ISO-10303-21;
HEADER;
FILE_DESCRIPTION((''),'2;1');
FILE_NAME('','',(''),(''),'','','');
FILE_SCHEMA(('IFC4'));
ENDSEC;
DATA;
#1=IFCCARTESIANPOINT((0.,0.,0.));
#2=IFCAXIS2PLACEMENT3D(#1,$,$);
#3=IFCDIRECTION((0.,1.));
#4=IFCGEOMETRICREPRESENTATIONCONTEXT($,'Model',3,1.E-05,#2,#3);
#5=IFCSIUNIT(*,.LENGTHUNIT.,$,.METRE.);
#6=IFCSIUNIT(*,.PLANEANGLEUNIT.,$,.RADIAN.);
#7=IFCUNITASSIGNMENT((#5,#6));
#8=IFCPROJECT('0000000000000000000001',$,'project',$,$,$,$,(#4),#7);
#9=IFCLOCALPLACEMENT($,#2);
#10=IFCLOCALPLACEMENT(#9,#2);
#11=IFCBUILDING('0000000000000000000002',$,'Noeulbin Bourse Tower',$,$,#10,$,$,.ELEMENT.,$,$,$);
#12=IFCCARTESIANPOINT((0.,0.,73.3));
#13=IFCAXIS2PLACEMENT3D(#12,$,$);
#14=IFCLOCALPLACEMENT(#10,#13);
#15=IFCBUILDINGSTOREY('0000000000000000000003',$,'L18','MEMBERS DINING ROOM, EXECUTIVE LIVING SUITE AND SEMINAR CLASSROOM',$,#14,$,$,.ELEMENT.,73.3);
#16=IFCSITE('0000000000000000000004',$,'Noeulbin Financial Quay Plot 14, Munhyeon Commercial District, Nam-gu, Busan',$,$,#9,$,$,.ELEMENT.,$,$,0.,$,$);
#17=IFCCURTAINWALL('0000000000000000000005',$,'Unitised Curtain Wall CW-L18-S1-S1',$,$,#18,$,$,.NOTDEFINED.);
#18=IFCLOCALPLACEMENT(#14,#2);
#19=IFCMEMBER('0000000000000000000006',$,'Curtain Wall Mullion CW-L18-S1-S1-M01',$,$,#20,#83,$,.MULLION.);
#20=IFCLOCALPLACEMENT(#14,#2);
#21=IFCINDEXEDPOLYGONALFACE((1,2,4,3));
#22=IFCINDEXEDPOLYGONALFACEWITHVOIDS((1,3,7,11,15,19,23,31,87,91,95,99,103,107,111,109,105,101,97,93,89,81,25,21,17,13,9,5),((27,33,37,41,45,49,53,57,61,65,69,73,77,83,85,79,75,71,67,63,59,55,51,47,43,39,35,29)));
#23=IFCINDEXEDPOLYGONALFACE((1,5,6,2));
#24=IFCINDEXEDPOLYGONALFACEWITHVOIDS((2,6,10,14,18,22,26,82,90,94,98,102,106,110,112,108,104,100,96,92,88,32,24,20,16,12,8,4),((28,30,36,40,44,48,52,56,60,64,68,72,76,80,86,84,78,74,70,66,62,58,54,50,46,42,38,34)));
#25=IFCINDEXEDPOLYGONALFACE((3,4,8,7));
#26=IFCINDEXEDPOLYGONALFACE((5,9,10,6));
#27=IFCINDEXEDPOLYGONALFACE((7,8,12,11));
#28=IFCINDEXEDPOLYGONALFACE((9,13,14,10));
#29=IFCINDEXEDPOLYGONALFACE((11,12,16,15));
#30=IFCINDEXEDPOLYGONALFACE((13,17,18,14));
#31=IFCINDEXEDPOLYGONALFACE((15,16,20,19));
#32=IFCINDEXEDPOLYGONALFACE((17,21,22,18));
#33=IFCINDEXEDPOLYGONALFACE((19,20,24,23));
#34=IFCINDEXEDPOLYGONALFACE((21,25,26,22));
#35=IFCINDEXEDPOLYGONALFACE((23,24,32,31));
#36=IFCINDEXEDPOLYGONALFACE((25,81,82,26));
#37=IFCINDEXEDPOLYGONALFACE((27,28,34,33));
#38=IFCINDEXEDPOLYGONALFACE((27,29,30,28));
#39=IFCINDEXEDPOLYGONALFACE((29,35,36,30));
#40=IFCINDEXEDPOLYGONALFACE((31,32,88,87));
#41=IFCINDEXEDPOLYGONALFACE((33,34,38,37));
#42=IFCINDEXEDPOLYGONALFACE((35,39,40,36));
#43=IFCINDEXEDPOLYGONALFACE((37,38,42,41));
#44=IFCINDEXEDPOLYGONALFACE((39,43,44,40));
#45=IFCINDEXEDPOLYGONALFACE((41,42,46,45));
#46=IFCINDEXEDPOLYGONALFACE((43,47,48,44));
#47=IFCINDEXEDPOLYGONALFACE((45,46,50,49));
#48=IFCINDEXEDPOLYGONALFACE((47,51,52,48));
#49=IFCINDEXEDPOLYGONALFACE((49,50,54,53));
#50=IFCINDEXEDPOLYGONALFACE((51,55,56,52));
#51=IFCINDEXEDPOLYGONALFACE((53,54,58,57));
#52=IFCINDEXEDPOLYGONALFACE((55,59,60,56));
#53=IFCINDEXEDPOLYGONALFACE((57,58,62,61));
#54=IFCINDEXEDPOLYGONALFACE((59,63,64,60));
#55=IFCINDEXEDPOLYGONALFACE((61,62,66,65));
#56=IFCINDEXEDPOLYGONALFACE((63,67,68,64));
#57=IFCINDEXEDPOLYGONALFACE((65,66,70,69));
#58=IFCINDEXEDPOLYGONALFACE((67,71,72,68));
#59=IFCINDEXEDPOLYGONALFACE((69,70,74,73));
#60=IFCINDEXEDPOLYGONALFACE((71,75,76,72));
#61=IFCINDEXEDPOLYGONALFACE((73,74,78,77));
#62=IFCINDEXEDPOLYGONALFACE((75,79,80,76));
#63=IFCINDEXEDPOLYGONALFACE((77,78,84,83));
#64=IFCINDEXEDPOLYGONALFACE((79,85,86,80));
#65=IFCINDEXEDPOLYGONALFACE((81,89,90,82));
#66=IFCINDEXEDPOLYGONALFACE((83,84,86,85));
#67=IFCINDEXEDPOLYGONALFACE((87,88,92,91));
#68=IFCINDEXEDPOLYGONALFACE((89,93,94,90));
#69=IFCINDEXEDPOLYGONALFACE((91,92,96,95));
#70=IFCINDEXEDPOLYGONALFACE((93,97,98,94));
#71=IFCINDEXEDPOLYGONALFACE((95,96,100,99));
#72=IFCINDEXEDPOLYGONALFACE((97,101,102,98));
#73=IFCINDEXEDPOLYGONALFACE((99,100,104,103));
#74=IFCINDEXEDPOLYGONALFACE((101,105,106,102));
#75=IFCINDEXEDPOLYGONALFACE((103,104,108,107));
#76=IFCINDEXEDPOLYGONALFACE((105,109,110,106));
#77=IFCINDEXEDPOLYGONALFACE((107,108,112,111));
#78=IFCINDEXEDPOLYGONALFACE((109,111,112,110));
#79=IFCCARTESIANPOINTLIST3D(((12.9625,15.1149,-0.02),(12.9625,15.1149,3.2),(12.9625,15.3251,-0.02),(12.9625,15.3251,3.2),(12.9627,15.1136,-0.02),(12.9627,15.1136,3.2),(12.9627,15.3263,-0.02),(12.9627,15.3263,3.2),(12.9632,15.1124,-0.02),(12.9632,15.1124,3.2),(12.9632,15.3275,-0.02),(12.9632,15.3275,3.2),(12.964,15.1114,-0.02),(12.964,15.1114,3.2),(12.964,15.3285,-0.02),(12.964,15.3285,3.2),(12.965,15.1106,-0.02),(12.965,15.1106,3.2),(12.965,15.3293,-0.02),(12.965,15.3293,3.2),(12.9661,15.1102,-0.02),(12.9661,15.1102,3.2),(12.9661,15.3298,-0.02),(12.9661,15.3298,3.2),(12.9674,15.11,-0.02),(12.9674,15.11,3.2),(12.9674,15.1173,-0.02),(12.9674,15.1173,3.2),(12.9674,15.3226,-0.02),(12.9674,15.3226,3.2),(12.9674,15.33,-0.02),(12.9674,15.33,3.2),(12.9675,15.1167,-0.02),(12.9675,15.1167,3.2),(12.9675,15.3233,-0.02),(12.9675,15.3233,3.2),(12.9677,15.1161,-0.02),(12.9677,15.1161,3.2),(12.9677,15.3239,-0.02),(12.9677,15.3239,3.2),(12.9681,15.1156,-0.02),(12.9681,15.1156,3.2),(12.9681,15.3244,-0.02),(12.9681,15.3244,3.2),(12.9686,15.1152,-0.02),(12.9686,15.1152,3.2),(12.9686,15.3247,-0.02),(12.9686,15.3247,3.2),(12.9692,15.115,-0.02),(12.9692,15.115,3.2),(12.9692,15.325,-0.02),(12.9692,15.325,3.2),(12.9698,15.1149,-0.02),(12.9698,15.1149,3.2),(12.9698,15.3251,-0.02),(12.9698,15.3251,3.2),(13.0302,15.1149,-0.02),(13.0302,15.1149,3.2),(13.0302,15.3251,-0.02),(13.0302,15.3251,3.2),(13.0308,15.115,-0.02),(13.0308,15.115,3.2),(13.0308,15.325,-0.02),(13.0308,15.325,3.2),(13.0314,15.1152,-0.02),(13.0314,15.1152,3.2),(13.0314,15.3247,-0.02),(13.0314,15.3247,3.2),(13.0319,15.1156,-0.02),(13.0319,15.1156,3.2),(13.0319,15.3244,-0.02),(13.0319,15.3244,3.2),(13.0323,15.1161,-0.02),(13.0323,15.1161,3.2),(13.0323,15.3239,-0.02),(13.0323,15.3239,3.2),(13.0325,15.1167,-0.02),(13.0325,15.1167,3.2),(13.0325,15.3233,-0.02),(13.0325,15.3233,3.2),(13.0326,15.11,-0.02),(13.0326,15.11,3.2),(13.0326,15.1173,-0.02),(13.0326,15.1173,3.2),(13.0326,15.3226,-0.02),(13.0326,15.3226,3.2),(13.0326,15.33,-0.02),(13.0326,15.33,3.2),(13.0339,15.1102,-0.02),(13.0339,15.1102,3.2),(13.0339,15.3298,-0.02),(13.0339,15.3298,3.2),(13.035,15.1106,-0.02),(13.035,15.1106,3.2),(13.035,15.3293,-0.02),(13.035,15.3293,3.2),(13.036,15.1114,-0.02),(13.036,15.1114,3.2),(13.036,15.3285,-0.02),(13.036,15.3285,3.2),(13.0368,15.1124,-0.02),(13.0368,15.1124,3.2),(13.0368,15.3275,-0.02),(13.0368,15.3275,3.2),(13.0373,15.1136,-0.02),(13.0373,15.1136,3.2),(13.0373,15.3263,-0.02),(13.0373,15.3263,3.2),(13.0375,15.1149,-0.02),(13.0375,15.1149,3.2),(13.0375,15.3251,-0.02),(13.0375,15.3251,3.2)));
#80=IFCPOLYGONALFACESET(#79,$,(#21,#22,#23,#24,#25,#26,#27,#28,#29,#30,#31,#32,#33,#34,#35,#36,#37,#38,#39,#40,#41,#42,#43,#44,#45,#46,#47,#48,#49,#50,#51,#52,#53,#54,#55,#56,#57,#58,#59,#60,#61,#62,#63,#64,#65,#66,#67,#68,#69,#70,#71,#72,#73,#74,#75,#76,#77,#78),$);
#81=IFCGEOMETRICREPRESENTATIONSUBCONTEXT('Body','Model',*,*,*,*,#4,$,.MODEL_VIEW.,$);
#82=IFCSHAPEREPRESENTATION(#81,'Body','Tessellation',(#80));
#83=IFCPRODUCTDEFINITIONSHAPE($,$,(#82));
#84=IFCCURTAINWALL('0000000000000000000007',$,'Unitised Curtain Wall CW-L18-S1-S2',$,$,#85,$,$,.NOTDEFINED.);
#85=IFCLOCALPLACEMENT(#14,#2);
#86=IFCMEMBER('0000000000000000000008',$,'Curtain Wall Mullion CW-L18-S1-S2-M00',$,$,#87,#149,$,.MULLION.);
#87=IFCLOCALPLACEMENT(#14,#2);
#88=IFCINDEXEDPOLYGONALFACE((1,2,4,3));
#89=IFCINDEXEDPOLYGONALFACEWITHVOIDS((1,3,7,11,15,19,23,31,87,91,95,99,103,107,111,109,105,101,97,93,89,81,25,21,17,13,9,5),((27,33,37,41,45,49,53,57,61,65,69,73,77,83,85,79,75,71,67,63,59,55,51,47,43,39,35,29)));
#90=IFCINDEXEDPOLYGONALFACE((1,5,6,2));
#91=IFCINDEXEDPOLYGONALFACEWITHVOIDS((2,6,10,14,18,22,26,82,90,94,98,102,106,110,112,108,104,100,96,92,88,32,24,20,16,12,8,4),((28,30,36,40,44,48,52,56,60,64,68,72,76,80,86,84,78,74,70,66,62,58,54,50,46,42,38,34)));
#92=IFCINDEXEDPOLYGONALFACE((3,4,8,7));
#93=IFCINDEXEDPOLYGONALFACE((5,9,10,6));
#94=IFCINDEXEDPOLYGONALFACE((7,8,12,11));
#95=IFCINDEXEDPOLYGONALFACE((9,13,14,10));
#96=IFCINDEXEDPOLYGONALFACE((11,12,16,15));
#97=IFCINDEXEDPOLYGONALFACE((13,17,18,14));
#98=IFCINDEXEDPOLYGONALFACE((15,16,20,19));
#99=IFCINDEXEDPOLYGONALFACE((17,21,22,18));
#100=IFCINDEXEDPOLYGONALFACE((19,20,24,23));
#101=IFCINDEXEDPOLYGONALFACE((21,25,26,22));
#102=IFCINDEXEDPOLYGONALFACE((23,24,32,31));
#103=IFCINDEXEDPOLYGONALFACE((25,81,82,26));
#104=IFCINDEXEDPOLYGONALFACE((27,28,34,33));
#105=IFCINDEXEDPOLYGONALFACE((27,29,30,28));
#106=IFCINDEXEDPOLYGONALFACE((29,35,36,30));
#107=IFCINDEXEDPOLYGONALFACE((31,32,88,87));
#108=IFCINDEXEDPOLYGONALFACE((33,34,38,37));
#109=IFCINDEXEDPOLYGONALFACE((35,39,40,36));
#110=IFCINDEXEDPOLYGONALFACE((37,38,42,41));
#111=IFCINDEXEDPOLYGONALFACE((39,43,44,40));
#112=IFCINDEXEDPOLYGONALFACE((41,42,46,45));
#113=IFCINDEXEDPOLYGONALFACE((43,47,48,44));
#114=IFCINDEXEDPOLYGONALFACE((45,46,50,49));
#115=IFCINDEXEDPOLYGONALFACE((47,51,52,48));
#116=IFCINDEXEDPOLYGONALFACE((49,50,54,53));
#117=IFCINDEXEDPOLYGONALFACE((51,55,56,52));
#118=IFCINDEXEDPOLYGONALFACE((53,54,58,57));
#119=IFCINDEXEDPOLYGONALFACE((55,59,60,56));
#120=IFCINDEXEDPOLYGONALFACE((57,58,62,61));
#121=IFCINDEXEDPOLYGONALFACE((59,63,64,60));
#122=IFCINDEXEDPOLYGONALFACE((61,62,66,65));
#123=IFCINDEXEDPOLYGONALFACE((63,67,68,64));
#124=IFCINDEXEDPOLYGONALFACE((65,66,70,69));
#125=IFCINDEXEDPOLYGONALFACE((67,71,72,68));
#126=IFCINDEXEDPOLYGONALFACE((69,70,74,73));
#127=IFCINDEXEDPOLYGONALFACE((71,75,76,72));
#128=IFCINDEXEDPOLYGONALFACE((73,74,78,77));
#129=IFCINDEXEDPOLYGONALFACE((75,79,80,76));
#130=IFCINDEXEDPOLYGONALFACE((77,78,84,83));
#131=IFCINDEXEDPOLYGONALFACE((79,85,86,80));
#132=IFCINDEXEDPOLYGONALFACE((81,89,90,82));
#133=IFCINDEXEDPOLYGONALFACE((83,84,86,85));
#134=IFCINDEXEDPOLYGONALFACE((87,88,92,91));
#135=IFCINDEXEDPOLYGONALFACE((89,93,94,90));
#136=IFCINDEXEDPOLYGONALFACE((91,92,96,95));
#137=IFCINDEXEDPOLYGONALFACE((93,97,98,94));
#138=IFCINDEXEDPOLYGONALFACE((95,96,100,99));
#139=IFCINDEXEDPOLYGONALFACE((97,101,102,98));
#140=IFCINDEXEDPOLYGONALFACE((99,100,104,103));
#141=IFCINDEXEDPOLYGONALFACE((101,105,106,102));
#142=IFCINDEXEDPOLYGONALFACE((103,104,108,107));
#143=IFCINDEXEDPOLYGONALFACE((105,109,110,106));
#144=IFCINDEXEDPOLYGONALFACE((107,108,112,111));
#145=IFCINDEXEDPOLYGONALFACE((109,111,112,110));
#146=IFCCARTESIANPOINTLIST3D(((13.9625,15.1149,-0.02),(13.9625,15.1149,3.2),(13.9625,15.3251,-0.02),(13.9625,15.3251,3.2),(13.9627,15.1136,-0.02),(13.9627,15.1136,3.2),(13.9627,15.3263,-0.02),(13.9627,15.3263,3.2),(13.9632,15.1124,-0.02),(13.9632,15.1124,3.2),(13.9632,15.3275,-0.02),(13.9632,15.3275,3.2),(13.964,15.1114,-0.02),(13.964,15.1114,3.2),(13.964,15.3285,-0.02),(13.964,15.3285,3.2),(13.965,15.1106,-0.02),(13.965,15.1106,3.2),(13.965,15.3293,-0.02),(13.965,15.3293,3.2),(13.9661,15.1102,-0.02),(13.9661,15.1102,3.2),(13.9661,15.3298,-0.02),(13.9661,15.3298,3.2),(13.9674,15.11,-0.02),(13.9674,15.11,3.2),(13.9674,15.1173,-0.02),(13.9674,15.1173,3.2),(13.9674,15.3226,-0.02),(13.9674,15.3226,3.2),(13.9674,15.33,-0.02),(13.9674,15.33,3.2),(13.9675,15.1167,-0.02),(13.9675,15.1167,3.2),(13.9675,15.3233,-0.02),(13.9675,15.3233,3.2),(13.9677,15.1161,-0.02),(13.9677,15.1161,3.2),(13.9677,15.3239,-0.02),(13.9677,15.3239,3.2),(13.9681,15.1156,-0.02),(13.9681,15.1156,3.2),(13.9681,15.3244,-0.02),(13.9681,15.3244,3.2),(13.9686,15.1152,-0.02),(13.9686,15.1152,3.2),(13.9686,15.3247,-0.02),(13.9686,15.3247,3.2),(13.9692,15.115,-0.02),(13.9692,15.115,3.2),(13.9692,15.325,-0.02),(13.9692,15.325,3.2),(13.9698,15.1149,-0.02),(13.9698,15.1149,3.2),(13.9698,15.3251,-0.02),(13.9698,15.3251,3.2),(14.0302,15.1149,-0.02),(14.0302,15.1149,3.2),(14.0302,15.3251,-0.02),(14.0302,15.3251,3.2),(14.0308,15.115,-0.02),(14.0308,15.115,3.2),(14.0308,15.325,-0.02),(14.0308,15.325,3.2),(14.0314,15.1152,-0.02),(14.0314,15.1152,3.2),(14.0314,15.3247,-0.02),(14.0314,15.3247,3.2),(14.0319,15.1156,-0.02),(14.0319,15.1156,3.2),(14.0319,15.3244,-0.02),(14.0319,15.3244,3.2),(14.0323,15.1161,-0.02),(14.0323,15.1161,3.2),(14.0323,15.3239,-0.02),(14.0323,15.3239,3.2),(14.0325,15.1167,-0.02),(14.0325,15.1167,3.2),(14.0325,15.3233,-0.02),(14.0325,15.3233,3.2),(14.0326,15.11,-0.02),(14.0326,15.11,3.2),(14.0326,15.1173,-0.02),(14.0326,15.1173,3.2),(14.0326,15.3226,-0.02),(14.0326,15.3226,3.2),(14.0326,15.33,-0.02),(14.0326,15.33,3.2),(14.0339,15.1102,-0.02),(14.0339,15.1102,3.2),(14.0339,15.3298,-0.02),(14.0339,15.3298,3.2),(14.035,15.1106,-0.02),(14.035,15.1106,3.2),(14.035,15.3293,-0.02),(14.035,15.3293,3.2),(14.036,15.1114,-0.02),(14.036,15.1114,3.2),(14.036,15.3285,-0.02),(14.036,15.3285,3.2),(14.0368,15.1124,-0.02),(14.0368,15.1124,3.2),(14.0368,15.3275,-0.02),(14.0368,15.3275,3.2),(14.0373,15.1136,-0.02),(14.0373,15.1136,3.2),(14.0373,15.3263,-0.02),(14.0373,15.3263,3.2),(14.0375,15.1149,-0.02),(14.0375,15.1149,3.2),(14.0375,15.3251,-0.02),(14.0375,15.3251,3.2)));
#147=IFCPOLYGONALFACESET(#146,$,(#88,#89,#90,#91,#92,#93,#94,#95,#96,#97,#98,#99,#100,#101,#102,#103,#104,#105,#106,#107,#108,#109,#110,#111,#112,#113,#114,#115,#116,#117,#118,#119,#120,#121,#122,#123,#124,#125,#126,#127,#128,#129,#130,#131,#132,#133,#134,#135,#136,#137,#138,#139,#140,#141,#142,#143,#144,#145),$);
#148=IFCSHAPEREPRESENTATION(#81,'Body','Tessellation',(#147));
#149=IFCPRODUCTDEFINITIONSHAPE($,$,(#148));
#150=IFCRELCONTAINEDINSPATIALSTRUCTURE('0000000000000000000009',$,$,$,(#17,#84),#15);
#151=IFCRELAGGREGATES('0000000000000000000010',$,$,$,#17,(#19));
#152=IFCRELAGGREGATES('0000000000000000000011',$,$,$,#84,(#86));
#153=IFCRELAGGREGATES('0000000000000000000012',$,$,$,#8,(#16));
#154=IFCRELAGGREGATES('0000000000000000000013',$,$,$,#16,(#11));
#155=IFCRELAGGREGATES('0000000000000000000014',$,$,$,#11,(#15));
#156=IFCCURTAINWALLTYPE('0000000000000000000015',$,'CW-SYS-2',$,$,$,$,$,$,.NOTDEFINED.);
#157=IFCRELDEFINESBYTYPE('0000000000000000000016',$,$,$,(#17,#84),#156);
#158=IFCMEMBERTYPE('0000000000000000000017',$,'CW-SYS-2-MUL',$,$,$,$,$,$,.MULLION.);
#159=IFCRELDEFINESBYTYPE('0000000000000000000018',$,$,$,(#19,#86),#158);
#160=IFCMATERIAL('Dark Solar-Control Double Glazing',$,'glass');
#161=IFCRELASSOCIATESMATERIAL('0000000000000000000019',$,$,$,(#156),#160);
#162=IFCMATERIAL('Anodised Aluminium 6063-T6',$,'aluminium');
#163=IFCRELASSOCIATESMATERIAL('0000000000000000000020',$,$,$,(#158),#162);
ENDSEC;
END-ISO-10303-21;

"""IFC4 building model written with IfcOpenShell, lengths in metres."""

from ifc_helpers import new_model, si_unit, direction, frame, origin, origin_2d, place, context, subcontext, project, spatial, hollow_rectangle, extrude, material, material_profile, profile_set, type_object, element, aggregate, save


model = new_model("IFC4")

# Units and contexts
model_context = context("Model", 3, precision=1e-05, world=origin(), true_north=direction((0.0, 1.0)))
body_context = subcontext(model_context, "Body", "Model", "MODEL_VIEW")
ifc_project = project(units=[si_unit("LENGTHUNIT", "METRE"), si_unit("PLANEANGLEUNIT", "RADIAN")], contexts=[model_context])

# Site, building, storey
site_placement = place(None, origin())
site = spatial("IfcSite", under=ifc_project, at=site_placement, Name="Noeulbin Financial Quay Plot 14, Munhyeon Commercial District, Nam-gu, Busan", CompositionType="ELEMENT", RefElevation=0.0)
building_placement = place(site_placement, origin())
building = spatial("IfcBuilding", under=site, at=building_placement, Name="Noeulbin Bourse Tower", CompositionType="ELEMENT")
storey_placement = place(building_placement, frame((0.0, 0.0, 73.3)))
storey = spatial("IfcBuildingStorey", under=building, at=storey_placement, Name="L18", Description="MEMBERS DINING ROOM, EXECUTIVE LIVING SUITE AND SEMINAR CLASSROOM", CompositionType="ELEMENT", Elevation=73.3)

# Curtain walls, members
ifc_material_1 = material(Name="Dark Solar-Control Double Glazing", Category="glass")
curtain_wall_type = type_object("IfcCurtainWallType", Name="CW-SYS-2", PredefinedType="NOTDEFINED", material=ifc_material_1)
curtain_wall_1_placement = place(storey_placement, origin())
curtain_wall_1 = element("IfcCurtainWall", 1, at=curtain_wall_1_placement, inside=storey, type_object=curtain_wall_type, Name="Unitised Curtain Wall CW-L18-S1-S1", PredefinedType="NOTDEFINED")
ifc_material_2 = material(Name="Anodised Aluminium 6063-T6", Category="aluminium")
ifc_material_profile_1 = material_profile(ifc_material_2, hollow_rectangle(XDim=0.075, YDim=0.22, WallThickness=0.0049, InnerFilletRadius=0.0024, OuterFilletRadius=0.0049, at=origin_2d()), Name="ALU-MULL-75x220x5", Category="LoadBearing")
ifc_profile_set_1 = profile_set([ifc_material_profile_1], Name="Anodised Aluminium 6063-T6")
member_type_1 = type_object("IfcMemberType", Name="CW-SYS-2-MUL", PredefinedType="MULLION", material=ifc_profile_set_1)
member_1_placement = place(storey_placement, frame((13.0, 15.22, -0.02), z_axis=(0.0, 0.0, 1.0), x_axis=(1.0, 0.0, 0.0)))
member_1 = element("IfcMember", 2, at=member_1_placement, type_object=member_type_1, Name="Curtain Wall Mullion CW-L18-S1-S1-M01", PredefinedType="MULLION", context=body_context, shape_type="SweptSolid", body=[
    extrude(hollow_rectangle(XDim=0.075, YDim=0.22, WallThickness=0.0049, InnerFilletRadius=0.0024, OuterFilletRadius=0.0049, at=origin_2d()), origin(), (0.0, 0.0, 1.0), 3.22),
])
curtain_wall_2_placement = place(storey_placement, origin())
curtain_wall_2 = element("IfcCurtainWall", 3, at=curtain_wall_2_placement, inside=storey, type_object=curtain_wall_type, Name="Unitised Curtain Wall CW-L18-S1-S2", PredefinedType="NOTDEFINED")
member_2_placement = place(storey_placement, frame((14.0, 15.22, -0.02), z_axis=(0.0, 0.0, 1.0), x_axis=(1.0, 0.0, 0.0)))
member_2 = element("IfcMember", 4, at=member_2_placement, type_object=member_type_1, Name="Curtain Wall Mullion CW-L18-S1-S2-M00", PredefinedType="MULLION", context=body_context, shape_type="SweptSolid", body=[
    extrude(hollow_rectangle(XDim=0.075, YDim=0.22, WallThickness=0.0049, InnerFilletRadius=0.0024, OuterFilletRadius=0.0049, at=origin_2d()), origin(), (0.0, 0.0, 1.0), 3.22),
])

aggregate(curtain_wall_1, [member_1])
aggregate(curtain_wall_2, [member_2])

save(model, "model.ifc")
